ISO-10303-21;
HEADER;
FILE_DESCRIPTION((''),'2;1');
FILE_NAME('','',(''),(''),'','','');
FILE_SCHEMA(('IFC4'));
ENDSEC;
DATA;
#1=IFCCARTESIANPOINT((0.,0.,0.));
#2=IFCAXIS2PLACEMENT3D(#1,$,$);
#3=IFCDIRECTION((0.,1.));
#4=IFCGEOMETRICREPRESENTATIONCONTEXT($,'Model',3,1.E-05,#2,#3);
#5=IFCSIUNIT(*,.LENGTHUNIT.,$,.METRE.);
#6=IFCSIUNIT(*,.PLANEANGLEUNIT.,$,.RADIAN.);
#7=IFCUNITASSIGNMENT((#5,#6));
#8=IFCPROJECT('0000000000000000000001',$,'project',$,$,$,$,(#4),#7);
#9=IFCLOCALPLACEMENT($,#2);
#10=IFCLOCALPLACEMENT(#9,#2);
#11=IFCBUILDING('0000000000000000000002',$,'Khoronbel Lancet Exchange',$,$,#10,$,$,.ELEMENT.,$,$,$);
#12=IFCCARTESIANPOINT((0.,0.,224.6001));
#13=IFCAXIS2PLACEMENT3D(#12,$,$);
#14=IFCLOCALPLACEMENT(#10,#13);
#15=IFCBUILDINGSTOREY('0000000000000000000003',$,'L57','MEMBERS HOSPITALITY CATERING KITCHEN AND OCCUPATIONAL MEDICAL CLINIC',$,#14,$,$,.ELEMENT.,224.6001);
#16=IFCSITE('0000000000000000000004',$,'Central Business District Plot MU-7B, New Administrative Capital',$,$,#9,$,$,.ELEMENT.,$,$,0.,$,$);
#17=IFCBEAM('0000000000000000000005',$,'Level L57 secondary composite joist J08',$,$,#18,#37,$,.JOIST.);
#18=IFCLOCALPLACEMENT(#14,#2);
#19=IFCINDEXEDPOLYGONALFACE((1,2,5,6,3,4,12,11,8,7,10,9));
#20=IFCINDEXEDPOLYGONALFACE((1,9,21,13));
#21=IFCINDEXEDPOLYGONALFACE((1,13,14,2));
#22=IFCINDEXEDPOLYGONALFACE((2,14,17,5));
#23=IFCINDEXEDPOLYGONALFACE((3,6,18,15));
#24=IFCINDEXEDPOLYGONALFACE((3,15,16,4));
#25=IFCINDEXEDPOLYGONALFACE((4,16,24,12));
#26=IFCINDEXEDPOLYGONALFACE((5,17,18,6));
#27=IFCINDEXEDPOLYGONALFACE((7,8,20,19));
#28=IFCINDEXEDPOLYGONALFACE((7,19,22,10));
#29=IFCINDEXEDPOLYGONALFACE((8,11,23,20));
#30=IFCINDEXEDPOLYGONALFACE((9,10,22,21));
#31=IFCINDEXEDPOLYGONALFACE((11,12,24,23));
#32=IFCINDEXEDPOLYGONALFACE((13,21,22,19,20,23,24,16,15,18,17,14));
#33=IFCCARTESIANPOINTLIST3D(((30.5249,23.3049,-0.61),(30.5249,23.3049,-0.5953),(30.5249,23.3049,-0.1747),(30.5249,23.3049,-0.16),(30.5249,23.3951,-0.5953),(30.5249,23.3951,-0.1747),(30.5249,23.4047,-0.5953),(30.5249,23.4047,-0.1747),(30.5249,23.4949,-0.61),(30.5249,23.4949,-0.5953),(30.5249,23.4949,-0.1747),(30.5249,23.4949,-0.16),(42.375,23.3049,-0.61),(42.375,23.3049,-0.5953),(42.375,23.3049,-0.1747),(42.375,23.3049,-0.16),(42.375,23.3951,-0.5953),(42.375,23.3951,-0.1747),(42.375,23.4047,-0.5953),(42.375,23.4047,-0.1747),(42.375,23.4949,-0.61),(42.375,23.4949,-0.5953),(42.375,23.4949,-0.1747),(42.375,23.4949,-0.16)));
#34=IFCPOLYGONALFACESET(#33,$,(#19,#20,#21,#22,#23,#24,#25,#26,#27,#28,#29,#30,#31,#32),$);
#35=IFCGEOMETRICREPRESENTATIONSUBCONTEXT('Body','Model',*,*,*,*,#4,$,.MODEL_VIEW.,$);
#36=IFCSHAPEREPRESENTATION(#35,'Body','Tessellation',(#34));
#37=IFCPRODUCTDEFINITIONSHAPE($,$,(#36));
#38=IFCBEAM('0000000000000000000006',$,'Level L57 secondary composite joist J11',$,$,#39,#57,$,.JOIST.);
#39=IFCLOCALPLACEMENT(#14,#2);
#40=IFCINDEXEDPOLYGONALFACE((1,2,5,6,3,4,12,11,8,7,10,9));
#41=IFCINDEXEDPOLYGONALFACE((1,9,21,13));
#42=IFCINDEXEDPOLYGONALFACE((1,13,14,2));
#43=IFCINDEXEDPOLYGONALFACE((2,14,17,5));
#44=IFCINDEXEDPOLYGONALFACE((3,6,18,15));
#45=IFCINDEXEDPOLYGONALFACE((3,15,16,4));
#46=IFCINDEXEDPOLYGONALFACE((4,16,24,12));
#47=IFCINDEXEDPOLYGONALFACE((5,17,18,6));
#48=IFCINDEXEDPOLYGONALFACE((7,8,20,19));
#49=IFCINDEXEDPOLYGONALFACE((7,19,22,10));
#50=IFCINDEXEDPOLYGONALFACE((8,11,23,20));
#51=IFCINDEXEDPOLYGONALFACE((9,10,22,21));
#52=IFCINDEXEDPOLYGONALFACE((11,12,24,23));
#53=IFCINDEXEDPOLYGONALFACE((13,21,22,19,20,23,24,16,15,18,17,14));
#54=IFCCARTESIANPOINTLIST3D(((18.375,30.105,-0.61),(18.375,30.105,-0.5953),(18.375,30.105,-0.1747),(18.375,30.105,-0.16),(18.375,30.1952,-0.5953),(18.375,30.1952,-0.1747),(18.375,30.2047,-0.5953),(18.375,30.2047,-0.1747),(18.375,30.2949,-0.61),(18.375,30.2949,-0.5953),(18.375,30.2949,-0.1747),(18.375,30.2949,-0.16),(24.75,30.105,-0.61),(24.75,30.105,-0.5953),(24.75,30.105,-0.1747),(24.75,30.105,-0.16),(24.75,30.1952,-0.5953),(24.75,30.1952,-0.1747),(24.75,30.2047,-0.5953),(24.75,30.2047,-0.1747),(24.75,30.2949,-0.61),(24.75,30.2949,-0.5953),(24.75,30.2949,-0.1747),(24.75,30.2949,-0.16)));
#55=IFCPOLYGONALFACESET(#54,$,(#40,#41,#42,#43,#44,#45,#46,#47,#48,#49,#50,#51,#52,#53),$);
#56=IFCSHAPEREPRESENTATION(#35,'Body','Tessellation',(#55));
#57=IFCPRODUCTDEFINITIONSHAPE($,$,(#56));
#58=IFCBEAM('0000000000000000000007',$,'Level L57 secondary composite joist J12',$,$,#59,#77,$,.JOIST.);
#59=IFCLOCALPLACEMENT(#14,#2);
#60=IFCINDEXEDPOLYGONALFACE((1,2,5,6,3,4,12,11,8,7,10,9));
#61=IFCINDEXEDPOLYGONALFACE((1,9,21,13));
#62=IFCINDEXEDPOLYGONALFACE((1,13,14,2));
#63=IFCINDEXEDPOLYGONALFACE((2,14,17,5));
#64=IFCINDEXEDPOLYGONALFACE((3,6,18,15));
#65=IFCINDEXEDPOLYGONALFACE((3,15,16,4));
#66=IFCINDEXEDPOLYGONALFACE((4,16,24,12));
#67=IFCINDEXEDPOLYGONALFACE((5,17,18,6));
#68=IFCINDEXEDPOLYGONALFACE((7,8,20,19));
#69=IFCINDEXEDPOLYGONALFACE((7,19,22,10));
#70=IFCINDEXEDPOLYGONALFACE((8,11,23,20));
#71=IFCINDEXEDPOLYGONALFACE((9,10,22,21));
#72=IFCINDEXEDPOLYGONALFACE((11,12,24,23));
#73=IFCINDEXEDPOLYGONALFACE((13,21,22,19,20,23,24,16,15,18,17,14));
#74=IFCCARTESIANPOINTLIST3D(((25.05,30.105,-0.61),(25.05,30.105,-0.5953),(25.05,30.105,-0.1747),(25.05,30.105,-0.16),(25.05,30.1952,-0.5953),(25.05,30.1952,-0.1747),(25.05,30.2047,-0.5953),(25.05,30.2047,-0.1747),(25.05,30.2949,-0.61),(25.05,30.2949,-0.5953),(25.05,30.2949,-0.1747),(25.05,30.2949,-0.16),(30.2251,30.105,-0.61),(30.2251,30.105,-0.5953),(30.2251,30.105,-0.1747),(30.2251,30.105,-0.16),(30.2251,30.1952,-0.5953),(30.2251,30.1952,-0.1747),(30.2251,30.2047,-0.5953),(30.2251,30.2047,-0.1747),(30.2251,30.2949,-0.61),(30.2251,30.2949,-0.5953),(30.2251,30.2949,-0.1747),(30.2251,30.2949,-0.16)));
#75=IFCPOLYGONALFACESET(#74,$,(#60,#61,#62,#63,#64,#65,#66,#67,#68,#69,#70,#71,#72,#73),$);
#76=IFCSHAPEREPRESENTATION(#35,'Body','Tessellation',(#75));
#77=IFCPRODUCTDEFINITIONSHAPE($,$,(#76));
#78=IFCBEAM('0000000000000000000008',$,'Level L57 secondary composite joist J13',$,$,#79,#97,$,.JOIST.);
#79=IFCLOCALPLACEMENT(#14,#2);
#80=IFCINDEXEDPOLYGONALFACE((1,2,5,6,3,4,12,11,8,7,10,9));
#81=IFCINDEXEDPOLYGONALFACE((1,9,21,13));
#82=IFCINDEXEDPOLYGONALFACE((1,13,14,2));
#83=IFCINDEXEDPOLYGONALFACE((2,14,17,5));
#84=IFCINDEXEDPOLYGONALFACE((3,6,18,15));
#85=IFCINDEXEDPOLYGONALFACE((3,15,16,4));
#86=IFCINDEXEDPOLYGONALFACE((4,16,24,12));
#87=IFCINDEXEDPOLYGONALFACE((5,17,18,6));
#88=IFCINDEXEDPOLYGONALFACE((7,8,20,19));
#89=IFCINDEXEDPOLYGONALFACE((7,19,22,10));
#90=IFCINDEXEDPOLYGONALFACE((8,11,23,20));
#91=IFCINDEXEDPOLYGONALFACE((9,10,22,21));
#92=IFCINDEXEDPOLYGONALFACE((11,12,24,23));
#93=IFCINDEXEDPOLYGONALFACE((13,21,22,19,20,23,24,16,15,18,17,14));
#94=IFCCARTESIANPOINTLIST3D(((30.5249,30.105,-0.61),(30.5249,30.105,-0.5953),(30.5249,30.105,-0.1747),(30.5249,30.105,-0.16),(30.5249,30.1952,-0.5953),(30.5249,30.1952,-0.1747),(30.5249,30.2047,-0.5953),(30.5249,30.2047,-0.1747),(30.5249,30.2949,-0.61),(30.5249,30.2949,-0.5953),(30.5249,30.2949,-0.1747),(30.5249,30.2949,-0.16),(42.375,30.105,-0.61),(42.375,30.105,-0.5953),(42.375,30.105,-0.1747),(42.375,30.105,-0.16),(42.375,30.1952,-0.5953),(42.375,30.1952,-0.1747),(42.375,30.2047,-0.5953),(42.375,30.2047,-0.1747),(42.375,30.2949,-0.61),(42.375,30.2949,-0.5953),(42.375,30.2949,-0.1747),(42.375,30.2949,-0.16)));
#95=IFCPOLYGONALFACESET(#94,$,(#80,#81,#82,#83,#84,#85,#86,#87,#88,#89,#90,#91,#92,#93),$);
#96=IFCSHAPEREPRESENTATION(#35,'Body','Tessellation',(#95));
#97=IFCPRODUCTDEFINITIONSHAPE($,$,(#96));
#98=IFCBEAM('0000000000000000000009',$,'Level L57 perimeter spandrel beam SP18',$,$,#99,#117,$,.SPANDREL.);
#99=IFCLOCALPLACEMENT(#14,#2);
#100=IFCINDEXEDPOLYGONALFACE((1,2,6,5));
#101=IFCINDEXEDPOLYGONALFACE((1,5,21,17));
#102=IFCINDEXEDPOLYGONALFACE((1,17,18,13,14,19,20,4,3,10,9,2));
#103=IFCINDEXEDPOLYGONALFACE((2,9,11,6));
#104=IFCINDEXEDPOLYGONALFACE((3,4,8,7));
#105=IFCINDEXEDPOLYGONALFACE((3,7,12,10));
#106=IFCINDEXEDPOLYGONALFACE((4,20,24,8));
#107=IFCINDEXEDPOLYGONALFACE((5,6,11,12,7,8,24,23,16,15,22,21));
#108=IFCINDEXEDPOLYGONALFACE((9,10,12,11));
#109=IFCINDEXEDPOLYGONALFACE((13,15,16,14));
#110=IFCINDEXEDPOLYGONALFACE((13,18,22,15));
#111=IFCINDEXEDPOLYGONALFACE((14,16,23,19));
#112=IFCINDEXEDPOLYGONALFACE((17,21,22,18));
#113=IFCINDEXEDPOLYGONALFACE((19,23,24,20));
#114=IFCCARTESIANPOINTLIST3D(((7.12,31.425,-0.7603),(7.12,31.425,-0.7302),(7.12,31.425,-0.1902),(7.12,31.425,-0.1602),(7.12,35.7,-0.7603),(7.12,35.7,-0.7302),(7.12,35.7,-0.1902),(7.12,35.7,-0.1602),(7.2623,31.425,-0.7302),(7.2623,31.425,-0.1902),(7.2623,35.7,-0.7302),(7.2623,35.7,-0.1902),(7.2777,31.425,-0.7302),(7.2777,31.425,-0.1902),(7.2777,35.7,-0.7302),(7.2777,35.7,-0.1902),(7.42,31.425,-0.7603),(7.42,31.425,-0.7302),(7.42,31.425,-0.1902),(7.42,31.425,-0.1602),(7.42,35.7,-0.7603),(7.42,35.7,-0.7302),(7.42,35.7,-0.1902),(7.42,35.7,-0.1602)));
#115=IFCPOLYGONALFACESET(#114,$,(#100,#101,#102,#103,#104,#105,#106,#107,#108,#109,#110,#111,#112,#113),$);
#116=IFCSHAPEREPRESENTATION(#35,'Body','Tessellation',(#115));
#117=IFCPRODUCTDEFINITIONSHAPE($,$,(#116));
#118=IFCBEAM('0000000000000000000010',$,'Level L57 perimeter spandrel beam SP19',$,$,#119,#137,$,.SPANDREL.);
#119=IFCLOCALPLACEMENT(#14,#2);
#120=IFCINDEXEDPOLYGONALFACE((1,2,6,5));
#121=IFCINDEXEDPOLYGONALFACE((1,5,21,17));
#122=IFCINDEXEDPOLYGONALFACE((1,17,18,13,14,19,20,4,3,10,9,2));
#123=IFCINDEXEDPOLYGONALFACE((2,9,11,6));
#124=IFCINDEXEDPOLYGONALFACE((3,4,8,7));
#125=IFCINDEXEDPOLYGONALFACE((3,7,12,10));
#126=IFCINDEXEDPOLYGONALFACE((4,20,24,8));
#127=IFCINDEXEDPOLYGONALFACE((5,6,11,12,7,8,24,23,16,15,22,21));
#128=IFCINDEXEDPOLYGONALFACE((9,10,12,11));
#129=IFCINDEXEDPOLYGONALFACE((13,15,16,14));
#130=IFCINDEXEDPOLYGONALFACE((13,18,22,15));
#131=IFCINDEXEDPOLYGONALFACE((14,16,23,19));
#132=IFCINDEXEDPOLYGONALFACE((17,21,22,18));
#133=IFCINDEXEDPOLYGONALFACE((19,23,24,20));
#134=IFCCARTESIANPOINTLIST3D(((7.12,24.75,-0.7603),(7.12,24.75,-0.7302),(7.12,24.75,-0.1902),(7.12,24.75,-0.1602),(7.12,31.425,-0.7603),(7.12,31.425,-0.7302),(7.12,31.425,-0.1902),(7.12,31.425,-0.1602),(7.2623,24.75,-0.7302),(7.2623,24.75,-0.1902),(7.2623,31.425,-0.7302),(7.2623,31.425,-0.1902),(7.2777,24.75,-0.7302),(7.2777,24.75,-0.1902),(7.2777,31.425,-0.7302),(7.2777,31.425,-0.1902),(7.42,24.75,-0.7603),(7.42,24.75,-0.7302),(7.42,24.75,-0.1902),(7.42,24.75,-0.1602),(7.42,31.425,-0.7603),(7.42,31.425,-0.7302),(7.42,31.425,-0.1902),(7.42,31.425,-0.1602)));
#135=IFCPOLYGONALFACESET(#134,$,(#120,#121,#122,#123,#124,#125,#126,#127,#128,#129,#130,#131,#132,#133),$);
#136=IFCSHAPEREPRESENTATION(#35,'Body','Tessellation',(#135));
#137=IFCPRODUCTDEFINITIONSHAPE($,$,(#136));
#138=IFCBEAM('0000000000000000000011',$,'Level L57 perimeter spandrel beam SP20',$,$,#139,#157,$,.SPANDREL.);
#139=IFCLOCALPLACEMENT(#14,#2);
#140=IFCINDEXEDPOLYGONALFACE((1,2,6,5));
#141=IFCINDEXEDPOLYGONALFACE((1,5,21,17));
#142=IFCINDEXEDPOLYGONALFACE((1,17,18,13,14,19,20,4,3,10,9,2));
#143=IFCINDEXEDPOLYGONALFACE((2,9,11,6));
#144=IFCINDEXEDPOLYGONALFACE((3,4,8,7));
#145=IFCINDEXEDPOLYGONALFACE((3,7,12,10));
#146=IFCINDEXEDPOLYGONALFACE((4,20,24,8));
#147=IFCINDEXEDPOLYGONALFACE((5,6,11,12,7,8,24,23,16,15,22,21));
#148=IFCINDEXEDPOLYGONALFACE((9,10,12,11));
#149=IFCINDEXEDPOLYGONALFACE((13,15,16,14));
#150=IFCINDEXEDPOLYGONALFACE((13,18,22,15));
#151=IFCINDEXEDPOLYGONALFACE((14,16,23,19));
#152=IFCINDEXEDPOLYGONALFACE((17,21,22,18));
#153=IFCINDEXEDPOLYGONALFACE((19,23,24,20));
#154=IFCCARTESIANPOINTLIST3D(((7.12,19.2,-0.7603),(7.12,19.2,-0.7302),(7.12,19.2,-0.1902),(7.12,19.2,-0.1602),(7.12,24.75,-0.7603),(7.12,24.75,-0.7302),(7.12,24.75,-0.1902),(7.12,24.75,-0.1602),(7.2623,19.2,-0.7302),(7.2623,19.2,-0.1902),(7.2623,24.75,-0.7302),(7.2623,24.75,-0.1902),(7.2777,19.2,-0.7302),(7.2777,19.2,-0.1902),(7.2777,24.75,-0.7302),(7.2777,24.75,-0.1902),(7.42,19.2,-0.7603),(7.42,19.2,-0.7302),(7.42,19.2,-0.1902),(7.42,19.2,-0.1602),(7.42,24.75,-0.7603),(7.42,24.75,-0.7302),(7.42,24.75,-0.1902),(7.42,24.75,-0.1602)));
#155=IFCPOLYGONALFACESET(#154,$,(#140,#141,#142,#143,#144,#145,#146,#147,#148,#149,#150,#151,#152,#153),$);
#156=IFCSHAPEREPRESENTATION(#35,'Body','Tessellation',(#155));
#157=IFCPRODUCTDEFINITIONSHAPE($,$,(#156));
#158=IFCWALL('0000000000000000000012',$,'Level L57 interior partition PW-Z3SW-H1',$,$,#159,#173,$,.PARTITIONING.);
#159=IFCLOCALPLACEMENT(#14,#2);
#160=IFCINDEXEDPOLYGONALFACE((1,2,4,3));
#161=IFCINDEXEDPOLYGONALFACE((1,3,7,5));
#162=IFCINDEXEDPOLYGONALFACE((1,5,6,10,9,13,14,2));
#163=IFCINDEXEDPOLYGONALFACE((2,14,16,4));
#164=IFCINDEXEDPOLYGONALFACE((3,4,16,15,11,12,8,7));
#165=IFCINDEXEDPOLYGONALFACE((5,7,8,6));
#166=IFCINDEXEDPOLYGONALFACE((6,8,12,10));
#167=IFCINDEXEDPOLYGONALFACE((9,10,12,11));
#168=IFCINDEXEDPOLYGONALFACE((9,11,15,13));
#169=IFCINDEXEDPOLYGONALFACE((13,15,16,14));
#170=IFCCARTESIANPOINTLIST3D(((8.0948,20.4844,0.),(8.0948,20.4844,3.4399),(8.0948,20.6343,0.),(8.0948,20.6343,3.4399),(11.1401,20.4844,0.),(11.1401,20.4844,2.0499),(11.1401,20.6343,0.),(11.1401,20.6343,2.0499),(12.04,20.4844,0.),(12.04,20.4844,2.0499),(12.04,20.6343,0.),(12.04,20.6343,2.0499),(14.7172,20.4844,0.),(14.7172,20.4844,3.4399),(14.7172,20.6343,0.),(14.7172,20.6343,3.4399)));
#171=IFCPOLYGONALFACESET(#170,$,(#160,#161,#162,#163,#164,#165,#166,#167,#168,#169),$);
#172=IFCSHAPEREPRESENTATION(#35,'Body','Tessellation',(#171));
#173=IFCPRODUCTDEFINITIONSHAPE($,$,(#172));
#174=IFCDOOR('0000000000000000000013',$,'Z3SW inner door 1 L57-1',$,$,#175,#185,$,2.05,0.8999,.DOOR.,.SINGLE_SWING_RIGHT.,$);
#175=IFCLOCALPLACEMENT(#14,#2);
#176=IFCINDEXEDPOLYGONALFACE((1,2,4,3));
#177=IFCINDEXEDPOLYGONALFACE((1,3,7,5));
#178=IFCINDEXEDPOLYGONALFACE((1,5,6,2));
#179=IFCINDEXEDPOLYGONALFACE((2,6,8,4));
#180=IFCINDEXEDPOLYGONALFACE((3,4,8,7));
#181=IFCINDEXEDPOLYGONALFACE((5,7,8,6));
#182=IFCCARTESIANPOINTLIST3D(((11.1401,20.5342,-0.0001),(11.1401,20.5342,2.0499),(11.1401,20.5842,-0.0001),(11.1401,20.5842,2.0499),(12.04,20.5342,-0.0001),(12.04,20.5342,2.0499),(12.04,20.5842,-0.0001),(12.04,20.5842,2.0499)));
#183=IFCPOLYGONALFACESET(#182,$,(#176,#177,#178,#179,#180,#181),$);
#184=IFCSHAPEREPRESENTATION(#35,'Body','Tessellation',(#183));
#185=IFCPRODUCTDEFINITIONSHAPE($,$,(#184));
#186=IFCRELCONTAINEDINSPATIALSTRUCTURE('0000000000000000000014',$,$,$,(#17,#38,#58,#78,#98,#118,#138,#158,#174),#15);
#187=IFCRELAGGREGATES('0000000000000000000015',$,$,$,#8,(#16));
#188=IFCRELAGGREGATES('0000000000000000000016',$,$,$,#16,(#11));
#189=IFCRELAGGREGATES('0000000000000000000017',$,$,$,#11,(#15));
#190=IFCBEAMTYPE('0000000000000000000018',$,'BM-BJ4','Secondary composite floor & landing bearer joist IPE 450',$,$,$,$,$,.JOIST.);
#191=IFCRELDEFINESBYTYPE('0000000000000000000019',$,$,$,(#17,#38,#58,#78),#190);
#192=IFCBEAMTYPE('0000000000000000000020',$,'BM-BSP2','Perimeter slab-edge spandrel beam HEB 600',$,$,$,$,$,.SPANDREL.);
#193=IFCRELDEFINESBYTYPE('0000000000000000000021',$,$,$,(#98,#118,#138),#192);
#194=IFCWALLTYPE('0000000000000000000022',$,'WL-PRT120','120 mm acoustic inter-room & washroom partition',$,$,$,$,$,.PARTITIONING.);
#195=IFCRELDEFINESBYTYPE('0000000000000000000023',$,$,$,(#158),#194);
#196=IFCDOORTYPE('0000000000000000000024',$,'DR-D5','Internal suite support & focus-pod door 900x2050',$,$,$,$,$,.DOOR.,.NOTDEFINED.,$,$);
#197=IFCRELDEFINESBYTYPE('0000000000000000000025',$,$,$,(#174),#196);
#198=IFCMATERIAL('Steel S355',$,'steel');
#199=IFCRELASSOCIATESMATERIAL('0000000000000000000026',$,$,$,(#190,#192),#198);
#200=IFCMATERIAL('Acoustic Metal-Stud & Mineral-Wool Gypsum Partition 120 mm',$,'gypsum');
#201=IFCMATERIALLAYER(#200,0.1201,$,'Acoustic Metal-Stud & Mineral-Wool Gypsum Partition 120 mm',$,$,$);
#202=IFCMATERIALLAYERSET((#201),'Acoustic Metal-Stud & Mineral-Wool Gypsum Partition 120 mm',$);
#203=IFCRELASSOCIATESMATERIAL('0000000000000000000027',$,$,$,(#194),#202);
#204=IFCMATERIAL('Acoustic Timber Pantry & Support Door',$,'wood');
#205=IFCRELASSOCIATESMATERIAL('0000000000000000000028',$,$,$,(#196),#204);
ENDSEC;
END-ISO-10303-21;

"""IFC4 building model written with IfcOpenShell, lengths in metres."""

from ifc_helpers import new_model, si_unit, direction, frame, frame_2d, origin, origin_2d, place, context, subcontext, project, spatial, rectangle, i_section, extrude, material, layer, layer_set, material_profile, profile_set, type_object, element, fill, save


model = new_model("IFC4")

# Units and contexts
model_context = context("Model", 3, precision=1e-05, world=origin(), true_north=direction((0.0, 1.0)))
body_context = subcontext(model_context, "Body", "Model", "MODEL_VIEW")
ifc_project = project(units=[si_unit("LENGTHUNIT", "METRE"), si_unit("PLANEANGLEUNIT", "RADIAN")], contexts=[model_context])

# Site, building, storey
site_placement = place(None, origin())
site = spatial("IfcSite", under=ifc_project, at=site_placement, Name="Central Business District Plot MU-7B, New Administrative Capital", CompositionType="ELEMENT", RefElevation=0.0)
building_placement = place(site_placement, origin())
building = spatial("IfcBuilding", under=site, at=building_placement, Name="Khoronbel Lancet Exchange", CompositionType="ELEMENT")
storey_placement = place(building_placement, frame((0.0, 0.0, 224.6001)))
storey = spatial("IfcBuildingStorey", under=building, at=storey_placement, Name="L57", Description="MEMBERS HOSPITALITY CATERING KITCHEN AND OCCUPATIONAL MEDICAL CLINIC", CompositionType="ELEMENT", Elevation=224.6001)

# Shared definitions
ifc_material_1 = material(Name="Steel S355", Category="steel")

# Beams
ifc_material_profile_1 = material_profile(ifc_material_1, i_section(OverallWidth=0.1899, OverallDepth=0.45, WebThickness=0.0095, FlangeThickness=0.0146, at=origin_2d()), Name="IPE 450")
ifc_profile_set_1 = profile_set([ifc_material_profile_1], Name="Steel S355")
beam_type_1 = type_object("IfcBeamType", Name="BM-BJ4", Description="Secondary composite floor & landing bearer joist IPE 450", PredefinedType="JOIST", material=ifc_profile_set_1)
beam_1_placement = place(storey_placement, frame((30.5249, 23.3999, -0.385), z_axis=(1.0, 0.0, 0.0), x_axis=(0.0, 1.0, 0.0)))
element("IfcBeam", 1, at=beam_1_placement, inside=storey, type_object=beam_type_1, Name="Level L57 secondary composite joist J08", PredefinedType="JOIST", context=body_context, shape_type="SweptSolid", body=[
    extrude(i_section(OverallWidth=0.1899, OverallDepth=0.45, WebThickness=0.0095, FlangeThickness=0.0146, at=origin_2d()), origin(), (0.0, 0.0, 1.0), 11.8501),
])
beam_2_placement = place(storey_placement, frame((18.375, 30.2, -0.385), z_axis=(1.0, 0.0, 0.0), x_axis=(0.0, 1.0, 0.0)))
element("IfcBeam", 2, at=beam_2_placement, inside=storey, type_object=beam_type_1, Name="Level L57 secondary composite joist J11", PredefinedType="JOIST", context=body_context, shape_type="SweptSolid", body=[
    extrude(i_section(OverallWidth=0.1899, OverallDepth=0.45, WebThickness=0.0095, FlangeThickness=0.0146, at=origin_2d()), origin(), (0.0, 0.0, 1.0), 6.375),
])
beam_3_placement = place(storey_placement, frame((25.05, 30.2, -0.385), z_axis=(1.0, 0.0, 0.0), x_axis=(0.0, 1.0, 0.0)))
element("IfcBeam", 3, at=beam_3_placement, inside=storey, type_object=beam_type_1, Name="Level L57 secondary composite joist J12", PredefinedType="JOIST", context=body_context, shape_type="SweptSolid", body=[
    extrude(i_section(OverallWidth=0.1899, OverallDepth=0.45, WebThickness=0.0095, FlangeThickness=0.0146, at=origin_2d()), origin(), (0.0, 0.0, 1.0), 5.175),
])
beam_4_placement = place(storey_placement, frame((30.5249, 30.2, -0.385), z_axis=(1.0, 0.0, 0.0), x_axis=(0.0, 1.0, 0.0)))
element("IfcBeam", 4, at=beam_4_placement, inside=storey, type_object=beam_type_1, Name="Level L57 secondary composite joist J13", PredefinedType="JOIST", context=body_context, shape_type="SweptSolid", body=[
    extrude(i_section(OverallWidth=0.1899, OverallDepth=0.45, WebThickness=0.0095, FlangeThickness=0.0146, at=origin_2d()), origin(), (0.0, 0.0, 1.0), 11.8501),
])
ifc_material_profile_2 = material_profile(ifc_material_1, i_section(OverallWidth=0.3, OverallDepth=0.6001, WebThickness=0.0154, FlangeThickness=0.03, at=origin_2d()), Name="HEB 600")
ifc_profile_set_2 = profile_set([ifc_material_profile_2], Name="Steel S355")
beam_type_2 = type_object("IfcBeamType", Name="BM-BSP2", Description="Perimeter slab-edge spandrel beam HEB 600", PredefinedType="SPANDREL", material=ifc_profile_set_2)
beam_5_placement = place(storey_placement, frame((7.27, 35.7, -0.4602), z_axis=(0.0, -1.0, 0.0), x_axis=(1.0, 0.0, 0.0)))
element("IfcBeam", 5, at=beam_5_placement, inside=storey, type_object=beam_type_2, Name="Level L57 perimeter spandrel beam SP18", PredefinedType="SPANDREL", context=body_context, shape_type="SweptSolid", body=[
    extrude(i_section(OverallWidth=0.3, OverallDepth=0.6001, WebThickness=0.0154, FlangeThickness=0.03, at=origin_2d()), origin(), (0.0, 0.0, 1.0), 4.2749),
])
beam_6_placement = place(storey_placement, frame((7.27, 31.425, -0.4602), z_axis=(0.0, -1.0, 0.0), x_axis=(1.0, 0.0, 0.0)))
element("IfcBeam", 6, at=beam_6_placement, inside=storey, type_object=beam_type_2, Name="Level L57 perimeter spandrel beam SP19", PredefinedType="SPANDREL", context=body_context, shape_type="SweptSolid", body=[
    extrude(i_section(OverallWidth=0.3, OverallDepth=0.6001, WebThickness=0.0154, FlangeThickness=0.03, at=origin_2d()), origin(), (0.0, 0.0, 1.0), 6.675),
])
beam_7_placement = place(storey_placement, frame((7.27, 24.75, -0.4602), z_axis=(0.0, -1.0, 0.0), x_axis=(1.0, 0.0, 0.0)))
element("IfcBeam", 7, at=beam_7_placement, inside=storey, type_object=beam_type_2, Name="Level L57 perimeter spandrel beam SP20", PredefinedType="SPANDREL", context=body_context, shape_type="SweptSolid", body=[
    extrude(i_section(OverallWidth=0.3, OverallDepth=0.6001, WebThickness=0.0154, FlangeThickness=0.03, at=origin_2d()), origin(), (0.0, 0.0, 1.0), 5.55),
])

# Wall, opening, door
ifc_material_2 = material(Name="Acoustic Metal-Stud & Mineral-Wool Gypsum Partition 120 mm", Category="gypsum")
ifc_layer_1 = layer(ifc_material_2, 0.1201, Name="Acoustic Metal-Stud & Mineral-Wool Gypsum Partition 120 mm")
ifc_layer_set_1 = layer_set([ifc_layer_1], Name="Acoustic Metal-Stud & Mineral-Wool Gypsum Partition 120 mm")
wall_type_1 = type_object("IfcWallType", Name="WL-PRT120", Description="120 mm acoustic inter-room & washroom partition", PredefinedType="PARTITIONING", material=ifc_layer_set_1)
wall_1_placement = place(storey_placement, frame((8.095, 20.5593, 0.0), z_axis=(0.0, 0.0, 1.0), x_axis=(1.0, 0.0, 0.0)))
wall_1 = element("IfcWall", 8, at=wall_1_placement, inside=storey, type_object=wall_type_1, Name="Level L57 interior partition PW-Z3SW-H1", PredefinedType="PARTITIONING", context=body_context, shape_type="SweptSolid", body=[
    extrude(rectangle(XDim=6.6223, YDim=0.1499, at=frame_2d((3.311, 0.0))), origin(), (0.0, 0.0, 1.0), 3.4399),
])
opening_1_placement = place(wall_1_placement, frame((3.0452, 0.0, 0.0)))
opening_1 = element("IfcOpeningElement", 9, at=opening_1_placement, cuts=wall_1, PredefinedType="OPENING", context=body_context, shape_type="SweptSolid", body=[
    extrude(rectangle(XDim=0.8999, YDim=2.05, at=frame_2d((0.45, 1.0249))), frame((0.0, 0.085, 0.0), z_axis=(0.0, -1.0, 0.0), x_axis=(1.0, 0.0, 0.0)), (0.0, 0.0, 1.0), 0.1699),
])
ifc_material_3 = material(Name="Acoustic Timber Pantry & Support Door", Category="wood")
door_type_1 = type_object("IfcDoorType", Name="DR-D5", Description="Internal suite support & focus-pod door 900x2050", OperationType="NOTDEFINED", PredefinedType="DOOR", material=ifc_material_3)
door_1_placement = place(opening_1_placement, origin())
door_1 = element("IfcDoor", 10, at=door_1_placement, inside=storey, type_object=door_type_1, Name="Z3SW inner door 1 L57-1", OperationType="SINGLE_SWING_RIGHT", OverallHeight=2.05, OverallWidth=0.8999, PredefinedType="DOOR", context=body_context, shape_type="SweptSolid", body=[
    extrude(rectangle(XDim=0.8999, YDim=2.05, at=frame_2d((0.45, 1.0249))), frame((0.0, 0.0249, 0.0), z_axis=(0.0, -1.0, 0.0), x_axis=(1.0, 0.0, 0.0)), (0.0, 0.0, 1.0), 0.05),
])
fill(opening_1, door_1)

save(model, "model.ifc")
